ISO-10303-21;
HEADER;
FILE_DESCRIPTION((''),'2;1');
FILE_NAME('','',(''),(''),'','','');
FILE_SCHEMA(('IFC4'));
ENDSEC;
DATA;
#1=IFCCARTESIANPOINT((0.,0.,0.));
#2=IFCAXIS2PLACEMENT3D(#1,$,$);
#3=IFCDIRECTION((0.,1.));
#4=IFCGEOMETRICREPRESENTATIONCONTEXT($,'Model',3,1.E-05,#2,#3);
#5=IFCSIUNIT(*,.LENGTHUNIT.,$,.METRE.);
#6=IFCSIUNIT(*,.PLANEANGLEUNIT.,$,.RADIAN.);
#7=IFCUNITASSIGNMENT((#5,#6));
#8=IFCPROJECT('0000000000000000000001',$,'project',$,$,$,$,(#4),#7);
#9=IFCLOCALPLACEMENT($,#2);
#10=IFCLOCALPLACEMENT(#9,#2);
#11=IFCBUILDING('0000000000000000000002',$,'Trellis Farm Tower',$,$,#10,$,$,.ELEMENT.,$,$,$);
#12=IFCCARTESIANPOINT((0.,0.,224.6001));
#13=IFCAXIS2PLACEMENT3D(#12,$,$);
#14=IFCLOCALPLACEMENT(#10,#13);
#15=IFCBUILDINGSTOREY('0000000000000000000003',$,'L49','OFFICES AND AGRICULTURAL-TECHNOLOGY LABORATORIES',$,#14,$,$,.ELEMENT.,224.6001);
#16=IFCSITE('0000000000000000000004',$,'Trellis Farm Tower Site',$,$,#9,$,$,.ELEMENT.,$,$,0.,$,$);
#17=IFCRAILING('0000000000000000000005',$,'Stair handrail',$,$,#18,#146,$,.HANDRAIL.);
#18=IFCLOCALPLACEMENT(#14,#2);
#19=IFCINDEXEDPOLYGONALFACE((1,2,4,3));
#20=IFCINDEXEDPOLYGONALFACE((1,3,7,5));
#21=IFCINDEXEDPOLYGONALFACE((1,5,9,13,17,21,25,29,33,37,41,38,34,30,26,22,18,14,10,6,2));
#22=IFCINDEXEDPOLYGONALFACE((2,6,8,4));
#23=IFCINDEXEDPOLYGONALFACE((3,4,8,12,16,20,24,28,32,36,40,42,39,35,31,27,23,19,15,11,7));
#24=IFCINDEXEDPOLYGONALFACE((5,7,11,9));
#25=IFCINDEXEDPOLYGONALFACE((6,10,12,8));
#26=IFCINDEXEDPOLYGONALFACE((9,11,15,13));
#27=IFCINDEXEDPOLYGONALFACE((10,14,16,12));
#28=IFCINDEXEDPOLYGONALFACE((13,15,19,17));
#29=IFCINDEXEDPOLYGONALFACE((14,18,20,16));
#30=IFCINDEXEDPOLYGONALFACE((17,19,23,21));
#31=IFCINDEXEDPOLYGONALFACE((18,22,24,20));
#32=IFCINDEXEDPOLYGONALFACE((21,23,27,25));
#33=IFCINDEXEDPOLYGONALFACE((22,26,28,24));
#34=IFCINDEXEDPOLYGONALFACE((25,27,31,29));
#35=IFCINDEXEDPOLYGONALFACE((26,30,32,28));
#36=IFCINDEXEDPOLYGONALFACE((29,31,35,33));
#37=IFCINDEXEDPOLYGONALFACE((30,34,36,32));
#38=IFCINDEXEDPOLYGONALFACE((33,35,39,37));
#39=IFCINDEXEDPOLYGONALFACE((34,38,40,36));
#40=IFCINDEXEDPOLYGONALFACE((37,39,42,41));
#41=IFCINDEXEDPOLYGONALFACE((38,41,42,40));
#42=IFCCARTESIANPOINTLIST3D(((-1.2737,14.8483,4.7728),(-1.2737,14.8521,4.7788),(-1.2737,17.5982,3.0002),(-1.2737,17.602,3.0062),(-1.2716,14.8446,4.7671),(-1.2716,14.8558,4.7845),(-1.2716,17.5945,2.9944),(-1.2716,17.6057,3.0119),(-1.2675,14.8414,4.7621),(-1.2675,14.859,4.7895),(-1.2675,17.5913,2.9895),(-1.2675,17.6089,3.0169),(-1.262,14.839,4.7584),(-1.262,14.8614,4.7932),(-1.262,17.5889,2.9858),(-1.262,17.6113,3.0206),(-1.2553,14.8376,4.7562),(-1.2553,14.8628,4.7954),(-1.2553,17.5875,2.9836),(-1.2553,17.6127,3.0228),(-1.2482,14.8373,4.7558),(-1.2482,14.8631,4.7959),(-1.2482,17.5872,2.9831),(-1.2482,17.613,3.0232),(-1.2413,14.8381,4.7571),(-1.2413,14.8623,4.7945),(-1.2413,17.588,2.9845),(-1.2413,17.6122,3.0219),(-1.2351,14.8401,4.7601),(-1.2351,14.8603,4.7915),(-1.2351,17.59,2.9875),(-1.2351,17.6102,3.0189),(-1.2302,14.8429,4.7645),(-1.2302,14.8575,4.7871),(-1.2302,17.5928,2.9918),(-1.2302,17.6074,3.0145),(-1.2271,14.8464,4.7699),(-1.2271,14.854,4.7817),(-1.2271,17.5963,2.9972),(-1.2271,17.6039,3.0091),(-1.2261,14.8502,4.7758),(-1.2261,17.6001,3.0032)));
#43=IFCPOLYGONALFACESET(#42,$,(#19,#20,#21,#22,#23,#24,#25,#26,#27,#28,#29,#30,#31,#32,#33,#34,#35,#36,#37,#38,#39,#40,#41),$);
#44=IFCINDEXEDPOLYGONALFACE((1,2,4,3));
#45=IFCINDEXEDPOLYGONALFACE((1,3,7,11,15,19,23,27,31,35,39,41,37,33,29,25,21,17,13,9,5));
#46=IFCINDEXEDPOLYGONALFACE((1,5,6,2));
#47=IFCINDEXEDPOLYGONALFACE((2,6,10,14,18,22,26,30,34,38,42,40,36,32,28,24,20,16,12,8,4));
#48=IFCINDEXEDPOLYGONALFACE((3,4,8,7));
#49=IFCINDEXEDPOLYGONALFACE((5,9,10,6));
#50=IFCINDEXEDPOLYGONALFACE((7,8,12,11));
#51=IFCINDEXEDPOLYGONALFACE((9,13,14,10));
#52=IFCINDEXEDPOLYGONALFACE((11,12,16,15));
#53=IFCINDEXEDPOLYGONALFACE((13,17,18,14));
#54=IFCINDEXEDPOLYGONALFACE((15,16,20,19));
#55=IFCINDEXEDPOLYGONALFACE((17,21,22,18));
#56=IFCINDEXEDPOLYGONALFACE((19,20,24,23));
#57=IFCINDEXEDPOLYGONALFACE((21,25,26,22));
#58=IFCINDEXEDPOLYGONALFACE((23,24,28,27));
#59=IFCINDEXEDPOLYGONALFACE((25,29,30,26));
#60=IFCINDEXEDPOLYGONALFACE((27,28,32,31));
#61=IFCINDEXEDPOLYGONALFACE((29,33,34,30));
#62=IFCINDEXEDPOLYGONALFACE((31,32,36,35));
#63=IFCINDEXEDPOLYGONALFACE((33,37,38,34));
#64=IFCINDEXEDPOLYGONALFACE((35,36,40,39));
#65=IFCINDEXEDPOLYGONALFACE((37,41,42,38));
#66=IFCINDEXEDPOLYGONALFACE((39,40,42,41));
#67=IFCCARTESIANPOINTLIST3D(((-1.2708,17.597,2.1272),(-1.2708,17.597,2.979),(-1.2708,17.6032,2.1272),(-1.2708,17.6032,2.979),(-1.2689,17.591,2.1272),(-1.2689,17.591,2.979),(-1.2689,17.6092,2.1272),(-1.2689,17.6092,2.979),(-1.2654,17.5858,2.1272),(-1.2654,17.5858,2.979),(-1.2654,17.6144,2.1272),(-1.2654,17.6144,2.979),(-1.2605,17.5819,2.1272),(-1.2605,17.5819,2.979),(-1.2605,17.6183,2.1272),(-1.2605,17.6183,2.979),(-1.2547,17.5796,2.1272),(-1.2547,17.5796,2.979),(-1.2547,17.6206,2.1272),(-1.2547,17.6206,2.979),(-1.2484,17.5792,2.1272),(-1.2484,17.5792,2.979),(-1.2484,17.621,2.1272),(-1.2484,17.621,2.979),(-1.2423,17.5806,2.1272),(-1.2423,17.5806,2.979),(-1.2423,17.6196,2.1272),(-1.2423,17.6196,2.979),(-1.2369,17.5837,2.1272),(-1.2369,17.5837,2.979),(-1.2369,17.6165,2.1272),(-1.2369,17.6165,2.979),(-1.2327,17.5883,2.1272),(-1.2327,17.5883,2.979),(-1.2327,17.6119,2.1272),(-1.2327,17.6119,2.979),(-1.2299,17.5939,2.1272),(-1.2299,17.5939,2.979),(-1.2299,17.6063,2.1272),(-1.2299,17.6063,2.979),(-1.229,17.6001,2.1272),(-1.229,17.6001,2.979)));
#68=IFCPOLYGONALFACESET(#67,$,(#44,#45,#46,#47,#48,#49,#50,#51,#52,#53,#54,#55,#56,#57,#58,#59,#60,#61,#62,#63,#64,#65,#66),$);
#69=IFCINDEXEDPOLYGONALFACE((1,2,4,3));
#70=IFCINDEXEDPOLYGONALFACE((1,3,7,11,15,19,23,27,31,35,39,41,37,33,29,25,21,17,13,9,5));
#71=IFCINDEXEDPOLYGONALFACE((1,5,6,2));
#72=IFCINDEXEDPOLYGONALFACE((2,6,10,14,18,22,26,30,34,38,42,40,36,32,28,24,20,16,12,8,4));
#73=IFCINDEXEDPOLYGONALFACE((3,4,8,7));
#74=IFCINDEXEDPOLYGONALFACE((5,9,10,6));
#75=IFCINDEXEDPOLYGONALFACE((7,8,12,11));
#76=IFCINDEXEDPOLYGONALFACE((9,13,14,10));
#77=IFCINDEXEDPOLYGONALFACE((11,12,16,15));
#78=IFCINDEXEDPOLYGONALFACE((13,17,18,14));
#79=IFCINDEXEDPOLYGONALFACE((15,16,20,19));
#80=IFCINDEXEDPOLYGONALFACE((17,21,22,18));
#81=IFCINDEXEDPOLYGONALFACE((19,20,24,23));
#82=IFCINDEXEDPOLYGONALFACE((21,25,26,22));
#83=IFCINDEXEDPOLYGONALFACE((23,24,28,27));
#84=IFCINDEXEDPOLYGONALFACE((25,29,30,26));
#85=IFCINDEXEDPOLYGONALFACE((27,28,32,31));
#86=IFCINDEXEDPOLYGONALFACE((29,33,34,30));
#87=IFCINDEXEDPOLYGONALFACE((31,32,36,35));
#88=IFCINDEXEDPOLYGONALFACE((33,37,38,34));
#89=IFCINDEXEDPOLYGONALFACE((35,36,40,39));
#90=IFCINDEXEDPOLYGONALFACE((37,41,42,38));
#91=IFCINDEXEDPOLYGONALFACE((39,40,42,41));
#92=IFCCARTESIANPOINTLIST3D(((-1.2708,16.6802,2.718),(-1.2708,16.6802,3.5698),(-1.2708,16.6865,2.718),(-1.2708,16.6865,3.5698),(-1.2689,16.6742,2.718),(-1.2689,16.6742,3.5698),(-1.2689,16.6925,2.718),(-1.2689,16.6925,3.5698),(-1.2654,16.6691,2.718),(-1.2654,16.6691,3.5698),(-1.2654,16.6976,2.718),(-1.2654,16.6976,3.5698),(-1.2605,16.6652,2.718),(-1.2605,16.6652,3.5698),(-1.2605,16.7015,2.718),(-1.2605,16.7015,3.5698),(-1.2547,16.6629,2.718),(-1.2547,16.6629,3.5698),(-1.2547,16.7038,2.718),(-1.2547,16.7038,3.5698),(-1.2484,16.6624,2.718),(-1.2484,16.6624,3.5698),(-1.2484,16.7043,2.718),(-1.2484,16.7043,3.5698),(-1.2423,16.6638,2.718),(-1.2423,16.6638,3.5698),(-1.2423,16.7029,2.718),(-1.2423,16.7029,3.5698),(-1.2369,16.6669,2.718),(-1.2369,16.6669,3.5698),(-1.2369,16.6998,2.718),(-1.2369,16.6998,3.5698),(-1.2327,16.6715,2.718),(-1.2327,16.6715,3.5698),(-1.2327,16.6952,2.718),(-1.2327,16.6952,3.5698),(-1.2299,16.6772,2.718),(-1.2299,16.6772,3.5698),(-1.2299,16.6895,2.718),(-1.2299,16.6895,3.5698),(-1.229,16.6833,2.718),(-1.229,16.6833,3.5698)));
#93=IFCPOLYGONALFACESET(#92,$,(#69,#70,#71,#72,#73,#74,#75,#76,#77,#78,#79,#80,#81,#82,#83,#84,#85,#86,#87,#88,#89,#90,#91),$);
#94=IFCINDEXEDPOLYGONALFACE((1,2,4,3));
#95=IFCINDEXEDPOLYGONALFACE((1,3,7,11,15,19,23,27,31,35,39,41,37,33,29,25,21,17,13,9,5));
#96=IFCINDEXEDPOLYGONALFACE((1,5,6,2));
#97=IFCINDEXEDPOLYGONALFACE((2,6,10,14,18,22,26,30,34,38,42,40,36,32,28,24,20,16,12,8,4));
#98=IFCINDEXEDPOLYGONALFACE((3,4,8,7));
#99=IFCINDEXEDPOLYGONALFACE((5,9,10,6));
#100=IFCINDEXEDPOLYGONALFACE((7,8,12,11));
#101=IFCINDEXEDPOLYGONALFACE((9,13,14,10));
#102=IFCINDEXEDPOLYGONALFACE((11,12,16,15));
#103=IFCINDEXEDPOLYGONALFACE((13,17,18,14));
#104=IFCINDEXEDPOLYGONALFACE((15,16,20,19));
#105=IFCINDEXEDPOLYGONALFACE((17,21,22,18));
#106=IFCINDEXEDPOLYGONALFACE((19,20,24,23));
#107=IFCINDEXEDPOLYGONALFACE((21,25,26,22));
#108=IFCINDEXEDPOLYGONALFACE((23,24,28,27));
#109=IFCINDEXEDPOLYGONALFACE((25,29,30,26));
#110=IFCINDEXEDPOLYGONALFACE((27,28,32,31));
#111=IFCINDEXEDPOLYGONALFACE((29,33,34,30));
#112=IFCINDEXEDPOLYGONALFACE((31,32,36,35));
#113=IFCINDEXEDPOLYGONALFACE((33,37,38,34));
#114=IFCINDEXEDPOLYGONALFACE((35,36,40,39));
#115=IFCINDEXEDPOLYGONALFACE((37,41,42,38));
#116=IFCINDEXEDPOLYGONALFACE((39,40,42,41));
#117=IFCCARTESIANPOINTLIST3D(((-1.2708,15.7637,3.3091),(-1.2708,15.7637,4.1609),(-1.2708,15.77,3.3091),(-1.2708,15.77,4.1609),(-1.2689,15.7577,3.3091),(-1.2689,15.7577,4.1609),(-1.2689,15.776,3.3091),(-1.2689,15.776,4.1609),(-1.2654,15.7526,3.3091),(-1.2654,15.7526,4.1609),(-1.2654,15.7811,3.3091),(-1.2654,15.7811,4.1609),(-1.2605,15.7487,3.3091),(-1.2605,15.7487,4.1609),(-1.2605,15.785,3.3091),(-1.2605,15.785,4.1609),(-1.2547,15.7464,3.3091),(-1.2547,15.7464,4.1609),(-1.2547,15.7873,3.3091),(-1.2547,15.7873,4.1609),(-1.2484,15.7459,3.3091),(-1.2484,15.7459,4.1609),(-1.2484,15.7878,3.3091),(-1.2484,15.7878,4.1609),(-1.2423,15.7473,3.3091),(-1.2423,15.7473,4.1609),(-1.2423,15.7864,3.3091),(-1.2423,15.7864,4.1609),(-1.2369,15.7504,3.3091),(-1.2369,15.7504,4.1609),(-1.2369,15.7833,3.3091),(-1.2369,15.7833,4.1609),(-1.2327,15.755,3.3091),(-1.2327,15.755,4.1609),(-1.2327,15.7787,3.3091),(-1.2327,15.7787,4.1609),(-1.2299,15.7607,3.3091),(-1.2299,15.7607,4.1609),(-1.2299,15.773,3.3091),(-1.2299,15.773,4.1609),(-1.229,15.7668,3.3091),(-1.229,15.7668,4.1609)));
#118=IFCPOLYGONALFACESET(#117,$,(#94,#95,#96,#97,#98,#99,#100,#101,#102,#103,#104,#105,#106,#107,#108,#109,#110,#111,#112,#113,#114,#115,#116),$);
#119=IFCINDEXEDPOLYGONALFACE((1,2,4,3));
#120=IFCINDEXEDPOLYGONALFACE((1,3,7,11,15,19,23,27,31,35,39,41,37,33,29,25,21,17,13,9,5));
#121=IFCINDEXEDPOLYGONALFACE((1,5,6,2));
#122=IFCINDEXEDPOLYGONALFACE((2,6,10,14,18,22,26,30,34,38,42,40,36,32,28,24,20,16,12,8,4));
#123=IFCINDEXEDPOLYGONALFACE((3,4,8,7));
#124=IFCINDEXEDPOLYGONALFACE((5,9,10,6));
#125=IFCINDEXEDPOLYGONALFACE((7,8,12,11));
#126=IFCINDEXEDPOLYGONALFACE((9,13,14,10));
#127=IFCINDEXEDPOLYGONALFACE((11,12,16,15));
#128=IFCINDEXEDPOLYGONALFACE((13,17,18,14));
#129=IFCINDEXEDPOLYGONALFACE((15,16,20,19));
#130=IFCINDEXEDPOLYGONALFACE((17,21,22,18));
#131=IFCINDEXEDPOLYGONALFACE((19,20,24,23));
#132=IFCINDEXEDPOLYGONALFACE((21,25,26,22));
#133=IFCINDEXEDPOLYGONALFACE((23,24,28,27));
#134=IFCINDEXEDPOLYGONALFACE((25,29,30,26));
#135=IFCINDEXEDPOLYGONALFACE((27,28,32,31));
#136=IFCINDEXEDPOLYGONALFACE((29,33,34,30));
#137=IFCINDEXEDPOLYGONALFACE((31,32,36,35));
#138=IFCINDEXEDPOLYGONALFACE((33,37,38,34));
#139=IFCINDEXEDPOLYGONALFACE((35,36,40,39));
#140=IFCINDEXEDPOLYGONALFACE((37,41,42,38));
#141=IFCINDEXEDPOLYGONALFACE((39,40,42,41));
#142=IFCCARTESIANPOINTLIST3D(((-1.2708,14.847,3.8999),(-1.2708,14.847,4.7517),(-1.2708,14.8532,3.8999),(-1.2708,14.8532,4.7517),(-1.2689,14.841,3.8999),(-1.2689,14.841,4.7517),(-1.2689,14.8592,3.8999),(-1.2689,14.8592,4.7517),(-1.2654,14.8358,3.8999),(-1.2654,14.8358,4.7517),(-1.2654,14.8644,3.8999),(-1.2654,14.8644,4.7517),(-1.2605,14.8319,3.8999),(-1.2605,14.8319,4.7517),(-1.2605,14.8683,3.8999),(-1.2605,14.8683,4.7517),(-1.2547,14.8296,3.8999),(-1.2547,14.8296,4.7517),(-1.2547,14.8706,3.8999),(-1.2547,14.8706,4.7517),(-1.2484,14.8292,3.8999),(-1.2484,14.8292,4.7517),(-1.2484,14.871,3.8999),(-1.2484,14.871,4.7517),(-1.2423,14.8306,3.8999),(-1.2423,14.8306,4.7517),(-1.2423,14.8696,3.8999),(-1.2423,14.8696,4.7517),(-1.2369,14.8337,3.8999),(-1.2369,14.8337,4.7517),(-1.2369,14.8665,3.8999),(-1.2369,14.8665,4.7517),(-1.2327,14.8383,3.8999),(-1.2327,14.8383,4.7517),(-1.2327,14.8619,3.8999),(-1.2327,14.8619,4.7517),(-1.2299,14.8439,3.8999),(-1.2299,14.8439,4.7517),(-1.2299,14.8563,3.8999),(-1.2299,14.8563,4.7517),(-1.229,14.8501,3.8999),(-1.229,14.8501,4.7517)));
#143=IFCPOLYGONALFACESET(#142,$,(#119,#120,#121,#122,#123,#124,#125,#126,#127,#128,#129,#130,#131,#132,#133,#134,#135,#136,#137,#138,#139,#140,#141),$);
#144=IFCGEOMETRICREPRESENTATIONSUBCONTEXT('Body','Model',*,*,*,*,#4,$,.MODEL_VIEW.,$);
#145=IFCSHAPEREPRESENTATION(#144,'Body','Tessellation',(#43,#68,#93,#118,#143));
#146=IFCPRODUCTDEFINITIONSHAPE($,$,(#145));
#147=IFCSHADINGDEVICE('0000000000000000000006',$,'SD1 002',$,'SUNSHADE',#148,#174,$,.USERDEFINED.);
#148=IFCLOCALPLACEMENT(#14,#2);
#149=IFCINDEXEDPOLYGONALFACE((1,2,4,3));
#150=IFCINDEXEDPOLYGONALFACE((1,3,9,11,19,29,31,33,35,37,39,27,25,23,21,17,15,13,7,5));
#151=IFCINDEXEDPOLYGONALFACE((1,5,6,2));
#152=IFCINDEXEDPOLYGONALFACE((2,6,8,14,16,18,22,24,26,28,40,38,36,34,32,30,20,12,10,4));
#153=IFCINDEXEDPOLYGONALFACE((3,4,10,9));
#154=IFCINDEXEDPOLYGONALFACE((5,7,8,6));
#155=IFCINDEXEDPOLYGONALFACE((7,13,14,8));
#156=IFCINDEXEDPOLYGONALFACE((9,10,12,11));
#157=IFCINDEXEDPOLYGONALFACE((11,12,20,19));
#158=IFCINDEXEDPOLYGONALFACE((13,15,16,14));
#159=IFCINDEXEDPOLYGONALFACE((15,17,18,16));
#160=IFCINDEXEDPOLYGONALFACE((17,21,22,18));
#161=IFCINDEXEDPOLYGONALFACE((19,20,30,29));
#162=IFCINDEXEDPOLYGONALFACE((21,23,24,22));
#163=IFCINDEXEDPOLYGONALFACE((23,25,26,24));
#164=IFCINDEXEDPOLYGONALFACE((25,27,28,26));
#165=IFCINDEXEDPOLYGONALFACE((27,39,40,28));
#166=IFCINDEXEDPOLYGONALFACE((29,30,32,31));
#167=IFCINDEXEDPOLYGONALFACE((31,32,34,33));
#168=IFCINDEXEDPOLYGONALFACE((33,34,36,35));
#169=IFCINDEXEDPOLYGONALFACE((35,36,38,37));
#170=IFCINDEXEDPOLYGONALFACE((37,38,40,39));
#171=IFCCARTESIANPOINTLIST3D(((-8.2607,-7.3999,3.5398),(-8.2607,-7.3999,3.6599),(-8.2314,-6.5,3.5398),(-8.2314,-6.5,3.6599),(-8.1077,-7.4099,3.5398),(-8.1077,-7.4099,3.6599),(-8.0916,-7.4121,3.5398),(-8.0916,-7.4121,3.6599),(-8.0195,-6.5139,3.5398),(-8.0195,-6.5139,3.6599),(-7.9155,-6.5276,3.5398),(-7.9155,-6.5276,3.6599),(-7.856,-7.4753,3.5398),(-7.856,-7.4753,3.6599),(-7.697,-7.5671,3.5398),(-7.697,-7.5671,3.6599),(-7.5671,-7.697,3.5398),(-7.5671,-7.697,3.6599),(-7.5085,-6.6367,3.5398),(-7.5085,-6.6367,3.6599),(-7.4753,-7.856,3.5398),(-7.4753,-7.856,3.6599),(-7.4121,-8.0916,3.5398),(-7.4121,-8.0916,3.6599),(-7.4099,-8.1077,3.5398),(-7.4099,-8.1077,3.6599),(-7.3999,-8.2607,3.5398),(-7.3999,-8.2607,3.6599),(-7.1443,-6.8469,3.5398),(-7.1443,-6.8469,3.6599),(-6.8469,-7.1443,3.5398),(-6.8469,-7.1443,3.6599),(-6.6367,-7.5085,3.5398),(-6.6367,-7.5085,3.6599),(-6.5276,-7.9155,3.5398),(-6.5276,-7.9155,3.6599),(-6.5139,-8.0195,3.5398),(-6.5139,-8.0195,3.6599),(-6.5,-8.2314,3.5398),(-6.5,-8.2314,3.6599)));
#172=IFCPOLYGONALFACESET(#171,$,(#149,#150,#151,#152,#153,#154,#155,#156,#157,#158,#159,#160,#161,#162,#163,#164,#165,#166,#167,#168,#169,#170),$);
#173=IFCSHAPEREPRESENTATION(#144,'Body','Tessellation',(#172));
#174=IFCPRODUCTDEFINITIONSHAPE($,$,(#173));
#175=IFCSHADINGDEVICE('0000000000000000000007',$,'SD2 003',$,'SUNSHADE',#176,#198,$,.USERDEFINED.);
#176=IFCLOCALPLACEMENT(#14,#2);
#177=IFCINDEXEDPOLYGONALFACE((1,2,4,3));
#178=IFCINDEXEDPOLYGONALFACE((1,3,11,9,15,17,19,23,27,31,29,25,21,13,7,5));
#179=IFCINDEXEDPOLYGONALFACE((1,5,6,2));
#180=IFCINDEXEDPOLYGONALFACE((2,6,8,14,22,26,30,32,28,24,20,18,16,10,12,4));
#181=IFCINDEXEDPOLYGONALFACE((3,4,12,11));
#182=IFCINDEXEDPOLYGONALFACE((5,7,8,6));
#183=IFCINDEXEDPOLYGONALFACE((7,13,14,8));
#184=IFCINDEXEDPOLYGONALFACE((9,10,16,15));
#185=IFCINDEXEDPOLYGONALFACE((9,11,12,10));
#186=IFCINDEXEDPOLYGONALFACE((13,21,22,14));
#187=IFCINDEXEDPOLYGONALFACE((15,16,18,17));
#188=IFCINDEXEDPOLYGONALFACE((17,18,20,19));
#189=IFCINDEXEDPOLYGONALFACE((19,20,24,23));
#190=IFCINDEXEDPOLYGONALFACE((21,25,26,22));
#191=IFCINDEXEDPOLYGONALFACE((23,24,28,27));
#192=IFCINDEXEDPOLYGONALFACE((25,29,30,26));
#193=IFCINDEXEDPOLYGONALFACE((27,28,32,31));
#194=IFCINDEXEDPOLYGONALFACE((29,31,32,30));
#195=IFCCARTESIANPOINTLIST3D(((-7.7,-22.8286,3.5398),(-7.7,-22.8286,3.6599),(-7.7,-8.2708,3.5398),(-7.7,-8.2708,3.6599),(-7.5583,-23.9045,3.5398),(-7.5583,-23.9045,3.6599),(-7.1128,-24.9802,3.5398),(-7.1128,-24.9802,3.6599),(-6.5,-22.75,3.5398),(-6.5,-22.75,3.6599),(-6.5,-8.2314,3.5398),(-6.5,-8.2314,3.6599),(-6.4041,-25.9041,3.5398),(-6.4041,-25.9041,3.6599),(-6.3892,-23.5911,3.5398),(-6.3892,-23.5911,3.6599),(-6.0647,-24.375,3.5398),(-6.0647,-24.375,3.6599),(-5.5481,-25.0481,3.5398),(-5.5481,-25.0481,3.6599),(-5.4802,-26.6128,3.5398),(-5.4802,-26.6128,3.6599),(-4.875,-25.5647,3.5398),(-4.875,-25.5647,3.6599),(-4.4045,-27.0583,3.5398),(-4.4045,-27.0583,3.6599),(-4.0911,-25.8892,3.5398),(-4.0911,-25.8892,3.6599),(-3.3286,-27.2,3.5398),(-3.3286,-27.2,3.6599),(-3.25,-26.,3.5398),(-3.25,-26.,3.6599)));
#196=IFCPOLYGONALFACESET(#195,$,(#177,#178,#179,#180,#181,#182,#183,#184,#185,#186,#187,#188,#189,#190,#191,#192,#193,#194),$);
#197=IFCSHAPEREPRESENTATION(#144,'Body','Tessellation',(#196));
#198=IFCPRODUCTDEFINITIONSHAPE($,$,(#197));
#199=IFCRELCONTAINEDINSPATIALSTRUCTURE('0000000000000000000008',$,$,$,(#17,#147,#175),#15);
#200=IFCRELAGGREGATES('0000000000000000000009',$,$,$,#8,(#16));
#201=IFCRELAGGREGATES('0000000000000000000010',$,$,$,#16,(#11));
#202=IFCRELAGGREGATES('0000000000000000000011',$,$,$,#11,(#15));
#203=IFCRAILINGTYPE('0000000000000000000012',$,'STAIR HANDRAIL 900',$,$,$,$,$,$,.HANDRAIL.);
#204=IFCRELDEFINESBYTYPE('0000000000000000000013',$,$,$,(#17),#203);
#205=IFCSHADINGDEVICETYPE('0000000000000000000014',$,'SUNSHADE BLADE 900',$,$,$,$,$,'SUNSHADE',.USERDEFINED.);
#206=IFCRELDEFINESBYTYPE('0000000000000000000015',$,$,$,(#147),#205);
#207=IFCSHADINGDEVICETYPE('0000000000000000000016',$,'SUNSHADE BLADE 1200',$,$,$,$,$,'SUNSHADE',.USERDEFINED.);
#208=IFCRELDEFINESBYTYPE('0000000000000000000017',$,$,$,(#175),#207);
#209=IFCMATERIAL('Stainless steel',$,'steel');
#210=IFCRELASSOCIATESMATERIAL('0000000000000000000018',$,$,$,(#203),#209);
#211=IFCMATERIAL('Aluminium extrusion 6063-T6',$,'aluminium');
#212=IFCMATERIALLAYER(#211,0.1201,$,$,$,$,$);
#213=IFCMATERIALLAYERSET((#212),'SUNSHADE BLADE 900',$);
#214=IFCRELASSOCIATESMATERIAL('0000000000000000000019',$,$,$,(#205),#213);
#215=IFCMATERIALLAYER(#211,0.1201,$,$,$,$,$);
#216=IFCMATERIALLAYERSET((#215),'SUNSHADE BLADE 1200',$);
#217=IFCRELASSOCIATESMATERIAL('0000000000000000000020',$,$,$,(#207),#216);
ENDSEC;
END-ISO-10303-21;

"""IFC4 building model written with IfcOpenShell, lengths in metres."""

from ifc_helpers import new_model, si_unit, direction, frame, origin, origin_2d, place, context, subcontext, project, spatial, polyline, circle, outline, extrude, source, transform, mapped, material, layer, layer_set, type_object, element, save


model = new_model("IFC4")

# Units and contexts
model_context = context("Model", 3, precision=1e-05, world=origin(), true_north=direction((0.0, 1.0)))
body_context = subcontext(model_context, "Body", "Model", "MODEL_VIEW")
ifc_project = project(units=[si_unit("LENGTHUNIT", "METRE"), si_unit("PLANEANGLEUNIT", "RADIAN")], contexts=[model_context])

# Site, building, storey
site_placement = place(None, origin())
site = spatial("IfcSite", under=ifc_project, at=site_placement, Name="Trellis Farm Tower Site", CompositionType="ELEMENT", RefElevation=0.0)
building_placement = place(site_placement, origin())
building = spatial("IfcBuilding", under=site, at=building_placement, Name="Trellis Farm Tower", CompositionType="ELEMENT")
storey_placement = place(building_placement, frame((0.0, 0.0, 224.6001)))
storey = spatial("IfcBuildingStorey", under=building, at=storey_placement, Name="L49", Description="OFFICES AND AGRICULTURAL-TECHNOLOGY LABORATORIES", CompositionType="ELEMENT", Elevation=224.6001)

# Shared definitions
ifc_material_1 = material(Name="Aluminium extrusion 6063-T6", Category="aluminium")

# Railing
ifc_material_2 = material(Name="Stainless steel", Category="steel")
railing_type = type_object("IfcRailingType", Name="STAIR HANDRAIL 900", PredefinedType="HANDRAIL", material=ifc_material_2)
shared_shape_1 = source(origin(), body_context, "Body", "SweptSolid", [
    extrude(circle(Radius=0.0239, at=origin_2d()), frame((0.0, 0.0, 0.876), z_axis=(0.0, -0.840504, 0.541806), x_axis=(1.0, 0.0, 0.0)), (0.0, 0.0, 1.0), 3.2717),
    extrude(circle(Radius=0.021, at=origin_2d()), origin(), (0.0, 0.0, 1.0), 0.8518),
    extrude(circle(Radius=0.021, at=origin_2d()), frame((0.0, -0.9167, 0.5908)), (0.0, 0.0, 1.0), 0.8518),
    extrude(circle(Radius=0.021, at=origin_2d()), frame((0.0, -1.8333, 1.1819)), (0.0, 0.0, 1.0), 0.8518),
    extrude(circle(Radius=0.021, at=origin_2d()), frame((0.0, -2.75, 1.7727)), (0.0, 0.0, 1.0), 0.8518),
])
railing_placement = place(storey_placement, frame((-1.25, 17.6001, 2.1272)))
element("IfcRailing", 1, at=railing_placement, inside=storey, type_object=railing_type, Name="Stair handrail", PredefinedType="HANDRAIL", context=body_context, shape_type="MappedRepresentation", body=[
    mapped(shared_shape_1, transform((0.0, 0.0, 0.0))),
])

# Shading devices
ifc_layer_1 = layer(ifc_material_1, 0.1201)
ifc_layer_set_1 = layer_set([ifc_layer_1], Name="SUNSHADE BLADE 900")
shading_device_type_1 = type_object("IfcShadingDeviceType", Name="SUNSHADE BLADE 900", ElementType="SUNSHADE", PredefinedType="USERDEFINED", material=ifc_layer_set_1)
shared_shape_2 = source(origin(), body_context, "Body", "SweptSolid", [
    extrude(outline(polyline([(-8.2607, -7.3999), (-8.1077, -7.4099), (-8.0916, -7.4121), (-7.856, -7.4753), (-7.697, -7.5671), (-7.5671, -7.697), (-7.4753, -7.856), (-7.4121, -8.0916), (-7.4099, -8.1077), (-7.3999, -8.2607), (-6.5, -8.2314), (-6.5139, -8.0195), (-6.5276, -7.9155), (-6.6367, -7.5085), (-6.8469, -7.1443), (-7.1443, -6.8469), (-7.5085, -6.6367), (-7.9155, -6.5276), (-8.0195, -6.5139), (-8.2314, -6.5), (-8.2607, -7.3999)])), origin(), (0.0, 0.0, 1.0), 0.1201),
])
placement_1 = place(storey_placement, frame((0.0, 0.0, 3.5398)))
element("IfcShadingDevice", 2, at=placement_1, inside=storey, type_object=shading_device_type_1, Name="SD1 002", ObjectType="SUNSHADE", PredefinedType="USERDEFINED", context=body_context, shape_type="MappedRepresentation", body=[
    mapped(shared_shape_2, transform((0.0, 0.0, 0.0))),
])
ifc_layer_2 = layer(ifc_material_1, 0.1201)
ifc_layer_set_2 = layer_set([ifc_layer_2], Name="SUNSHADE BLADE 1200")
shading_device_type_2 = type_object("IfcShadingDeviceType", Name="SUNSHADE BLADE 1200", ElementType="SUNSHADE", PredefinedType="USERDEFINED", material=ifc_layer_set_2)
shared_shape_3 = source(origin(), body_context, "Body", "SweptSolid", [
    extrude(outline(polyline([(-7.7, -8.2708), (-7.7, -22.8286), (-7.5583, -23.9045), (-7.1128, -24.9802), (-6.4041, -25.9041), (-5.4802, -26.6128), (-4.4045, -27.0583), (-3.3286, -27.2), (-3.25, -26.0), (-4.0911, -25.8892), (-4.875, -25.5647), (-5.5481, -25.0481), (-6.0647, -24.375), (-6.3892, -23.5911), (-6.5, -22.75), (-6.5, -8.2314), (-7.7, -8.2708)])), origin(), (0.0, 0.0, 1.0), 0.1201),
])
element("IfcShadingDevice", 3, at=placement_1, inside=storey, type_object=shading_device_type_2, Name="SD2 003", ObjectType="SUNSHADE", PredefinedType="USERDEFINED", context=body_context, shape_type="MappedRepresentation", body=[
    mapped(shared_shape_3, transform((0.0, 0.0, 0.0))),
])

save(model, "model.ifc")
